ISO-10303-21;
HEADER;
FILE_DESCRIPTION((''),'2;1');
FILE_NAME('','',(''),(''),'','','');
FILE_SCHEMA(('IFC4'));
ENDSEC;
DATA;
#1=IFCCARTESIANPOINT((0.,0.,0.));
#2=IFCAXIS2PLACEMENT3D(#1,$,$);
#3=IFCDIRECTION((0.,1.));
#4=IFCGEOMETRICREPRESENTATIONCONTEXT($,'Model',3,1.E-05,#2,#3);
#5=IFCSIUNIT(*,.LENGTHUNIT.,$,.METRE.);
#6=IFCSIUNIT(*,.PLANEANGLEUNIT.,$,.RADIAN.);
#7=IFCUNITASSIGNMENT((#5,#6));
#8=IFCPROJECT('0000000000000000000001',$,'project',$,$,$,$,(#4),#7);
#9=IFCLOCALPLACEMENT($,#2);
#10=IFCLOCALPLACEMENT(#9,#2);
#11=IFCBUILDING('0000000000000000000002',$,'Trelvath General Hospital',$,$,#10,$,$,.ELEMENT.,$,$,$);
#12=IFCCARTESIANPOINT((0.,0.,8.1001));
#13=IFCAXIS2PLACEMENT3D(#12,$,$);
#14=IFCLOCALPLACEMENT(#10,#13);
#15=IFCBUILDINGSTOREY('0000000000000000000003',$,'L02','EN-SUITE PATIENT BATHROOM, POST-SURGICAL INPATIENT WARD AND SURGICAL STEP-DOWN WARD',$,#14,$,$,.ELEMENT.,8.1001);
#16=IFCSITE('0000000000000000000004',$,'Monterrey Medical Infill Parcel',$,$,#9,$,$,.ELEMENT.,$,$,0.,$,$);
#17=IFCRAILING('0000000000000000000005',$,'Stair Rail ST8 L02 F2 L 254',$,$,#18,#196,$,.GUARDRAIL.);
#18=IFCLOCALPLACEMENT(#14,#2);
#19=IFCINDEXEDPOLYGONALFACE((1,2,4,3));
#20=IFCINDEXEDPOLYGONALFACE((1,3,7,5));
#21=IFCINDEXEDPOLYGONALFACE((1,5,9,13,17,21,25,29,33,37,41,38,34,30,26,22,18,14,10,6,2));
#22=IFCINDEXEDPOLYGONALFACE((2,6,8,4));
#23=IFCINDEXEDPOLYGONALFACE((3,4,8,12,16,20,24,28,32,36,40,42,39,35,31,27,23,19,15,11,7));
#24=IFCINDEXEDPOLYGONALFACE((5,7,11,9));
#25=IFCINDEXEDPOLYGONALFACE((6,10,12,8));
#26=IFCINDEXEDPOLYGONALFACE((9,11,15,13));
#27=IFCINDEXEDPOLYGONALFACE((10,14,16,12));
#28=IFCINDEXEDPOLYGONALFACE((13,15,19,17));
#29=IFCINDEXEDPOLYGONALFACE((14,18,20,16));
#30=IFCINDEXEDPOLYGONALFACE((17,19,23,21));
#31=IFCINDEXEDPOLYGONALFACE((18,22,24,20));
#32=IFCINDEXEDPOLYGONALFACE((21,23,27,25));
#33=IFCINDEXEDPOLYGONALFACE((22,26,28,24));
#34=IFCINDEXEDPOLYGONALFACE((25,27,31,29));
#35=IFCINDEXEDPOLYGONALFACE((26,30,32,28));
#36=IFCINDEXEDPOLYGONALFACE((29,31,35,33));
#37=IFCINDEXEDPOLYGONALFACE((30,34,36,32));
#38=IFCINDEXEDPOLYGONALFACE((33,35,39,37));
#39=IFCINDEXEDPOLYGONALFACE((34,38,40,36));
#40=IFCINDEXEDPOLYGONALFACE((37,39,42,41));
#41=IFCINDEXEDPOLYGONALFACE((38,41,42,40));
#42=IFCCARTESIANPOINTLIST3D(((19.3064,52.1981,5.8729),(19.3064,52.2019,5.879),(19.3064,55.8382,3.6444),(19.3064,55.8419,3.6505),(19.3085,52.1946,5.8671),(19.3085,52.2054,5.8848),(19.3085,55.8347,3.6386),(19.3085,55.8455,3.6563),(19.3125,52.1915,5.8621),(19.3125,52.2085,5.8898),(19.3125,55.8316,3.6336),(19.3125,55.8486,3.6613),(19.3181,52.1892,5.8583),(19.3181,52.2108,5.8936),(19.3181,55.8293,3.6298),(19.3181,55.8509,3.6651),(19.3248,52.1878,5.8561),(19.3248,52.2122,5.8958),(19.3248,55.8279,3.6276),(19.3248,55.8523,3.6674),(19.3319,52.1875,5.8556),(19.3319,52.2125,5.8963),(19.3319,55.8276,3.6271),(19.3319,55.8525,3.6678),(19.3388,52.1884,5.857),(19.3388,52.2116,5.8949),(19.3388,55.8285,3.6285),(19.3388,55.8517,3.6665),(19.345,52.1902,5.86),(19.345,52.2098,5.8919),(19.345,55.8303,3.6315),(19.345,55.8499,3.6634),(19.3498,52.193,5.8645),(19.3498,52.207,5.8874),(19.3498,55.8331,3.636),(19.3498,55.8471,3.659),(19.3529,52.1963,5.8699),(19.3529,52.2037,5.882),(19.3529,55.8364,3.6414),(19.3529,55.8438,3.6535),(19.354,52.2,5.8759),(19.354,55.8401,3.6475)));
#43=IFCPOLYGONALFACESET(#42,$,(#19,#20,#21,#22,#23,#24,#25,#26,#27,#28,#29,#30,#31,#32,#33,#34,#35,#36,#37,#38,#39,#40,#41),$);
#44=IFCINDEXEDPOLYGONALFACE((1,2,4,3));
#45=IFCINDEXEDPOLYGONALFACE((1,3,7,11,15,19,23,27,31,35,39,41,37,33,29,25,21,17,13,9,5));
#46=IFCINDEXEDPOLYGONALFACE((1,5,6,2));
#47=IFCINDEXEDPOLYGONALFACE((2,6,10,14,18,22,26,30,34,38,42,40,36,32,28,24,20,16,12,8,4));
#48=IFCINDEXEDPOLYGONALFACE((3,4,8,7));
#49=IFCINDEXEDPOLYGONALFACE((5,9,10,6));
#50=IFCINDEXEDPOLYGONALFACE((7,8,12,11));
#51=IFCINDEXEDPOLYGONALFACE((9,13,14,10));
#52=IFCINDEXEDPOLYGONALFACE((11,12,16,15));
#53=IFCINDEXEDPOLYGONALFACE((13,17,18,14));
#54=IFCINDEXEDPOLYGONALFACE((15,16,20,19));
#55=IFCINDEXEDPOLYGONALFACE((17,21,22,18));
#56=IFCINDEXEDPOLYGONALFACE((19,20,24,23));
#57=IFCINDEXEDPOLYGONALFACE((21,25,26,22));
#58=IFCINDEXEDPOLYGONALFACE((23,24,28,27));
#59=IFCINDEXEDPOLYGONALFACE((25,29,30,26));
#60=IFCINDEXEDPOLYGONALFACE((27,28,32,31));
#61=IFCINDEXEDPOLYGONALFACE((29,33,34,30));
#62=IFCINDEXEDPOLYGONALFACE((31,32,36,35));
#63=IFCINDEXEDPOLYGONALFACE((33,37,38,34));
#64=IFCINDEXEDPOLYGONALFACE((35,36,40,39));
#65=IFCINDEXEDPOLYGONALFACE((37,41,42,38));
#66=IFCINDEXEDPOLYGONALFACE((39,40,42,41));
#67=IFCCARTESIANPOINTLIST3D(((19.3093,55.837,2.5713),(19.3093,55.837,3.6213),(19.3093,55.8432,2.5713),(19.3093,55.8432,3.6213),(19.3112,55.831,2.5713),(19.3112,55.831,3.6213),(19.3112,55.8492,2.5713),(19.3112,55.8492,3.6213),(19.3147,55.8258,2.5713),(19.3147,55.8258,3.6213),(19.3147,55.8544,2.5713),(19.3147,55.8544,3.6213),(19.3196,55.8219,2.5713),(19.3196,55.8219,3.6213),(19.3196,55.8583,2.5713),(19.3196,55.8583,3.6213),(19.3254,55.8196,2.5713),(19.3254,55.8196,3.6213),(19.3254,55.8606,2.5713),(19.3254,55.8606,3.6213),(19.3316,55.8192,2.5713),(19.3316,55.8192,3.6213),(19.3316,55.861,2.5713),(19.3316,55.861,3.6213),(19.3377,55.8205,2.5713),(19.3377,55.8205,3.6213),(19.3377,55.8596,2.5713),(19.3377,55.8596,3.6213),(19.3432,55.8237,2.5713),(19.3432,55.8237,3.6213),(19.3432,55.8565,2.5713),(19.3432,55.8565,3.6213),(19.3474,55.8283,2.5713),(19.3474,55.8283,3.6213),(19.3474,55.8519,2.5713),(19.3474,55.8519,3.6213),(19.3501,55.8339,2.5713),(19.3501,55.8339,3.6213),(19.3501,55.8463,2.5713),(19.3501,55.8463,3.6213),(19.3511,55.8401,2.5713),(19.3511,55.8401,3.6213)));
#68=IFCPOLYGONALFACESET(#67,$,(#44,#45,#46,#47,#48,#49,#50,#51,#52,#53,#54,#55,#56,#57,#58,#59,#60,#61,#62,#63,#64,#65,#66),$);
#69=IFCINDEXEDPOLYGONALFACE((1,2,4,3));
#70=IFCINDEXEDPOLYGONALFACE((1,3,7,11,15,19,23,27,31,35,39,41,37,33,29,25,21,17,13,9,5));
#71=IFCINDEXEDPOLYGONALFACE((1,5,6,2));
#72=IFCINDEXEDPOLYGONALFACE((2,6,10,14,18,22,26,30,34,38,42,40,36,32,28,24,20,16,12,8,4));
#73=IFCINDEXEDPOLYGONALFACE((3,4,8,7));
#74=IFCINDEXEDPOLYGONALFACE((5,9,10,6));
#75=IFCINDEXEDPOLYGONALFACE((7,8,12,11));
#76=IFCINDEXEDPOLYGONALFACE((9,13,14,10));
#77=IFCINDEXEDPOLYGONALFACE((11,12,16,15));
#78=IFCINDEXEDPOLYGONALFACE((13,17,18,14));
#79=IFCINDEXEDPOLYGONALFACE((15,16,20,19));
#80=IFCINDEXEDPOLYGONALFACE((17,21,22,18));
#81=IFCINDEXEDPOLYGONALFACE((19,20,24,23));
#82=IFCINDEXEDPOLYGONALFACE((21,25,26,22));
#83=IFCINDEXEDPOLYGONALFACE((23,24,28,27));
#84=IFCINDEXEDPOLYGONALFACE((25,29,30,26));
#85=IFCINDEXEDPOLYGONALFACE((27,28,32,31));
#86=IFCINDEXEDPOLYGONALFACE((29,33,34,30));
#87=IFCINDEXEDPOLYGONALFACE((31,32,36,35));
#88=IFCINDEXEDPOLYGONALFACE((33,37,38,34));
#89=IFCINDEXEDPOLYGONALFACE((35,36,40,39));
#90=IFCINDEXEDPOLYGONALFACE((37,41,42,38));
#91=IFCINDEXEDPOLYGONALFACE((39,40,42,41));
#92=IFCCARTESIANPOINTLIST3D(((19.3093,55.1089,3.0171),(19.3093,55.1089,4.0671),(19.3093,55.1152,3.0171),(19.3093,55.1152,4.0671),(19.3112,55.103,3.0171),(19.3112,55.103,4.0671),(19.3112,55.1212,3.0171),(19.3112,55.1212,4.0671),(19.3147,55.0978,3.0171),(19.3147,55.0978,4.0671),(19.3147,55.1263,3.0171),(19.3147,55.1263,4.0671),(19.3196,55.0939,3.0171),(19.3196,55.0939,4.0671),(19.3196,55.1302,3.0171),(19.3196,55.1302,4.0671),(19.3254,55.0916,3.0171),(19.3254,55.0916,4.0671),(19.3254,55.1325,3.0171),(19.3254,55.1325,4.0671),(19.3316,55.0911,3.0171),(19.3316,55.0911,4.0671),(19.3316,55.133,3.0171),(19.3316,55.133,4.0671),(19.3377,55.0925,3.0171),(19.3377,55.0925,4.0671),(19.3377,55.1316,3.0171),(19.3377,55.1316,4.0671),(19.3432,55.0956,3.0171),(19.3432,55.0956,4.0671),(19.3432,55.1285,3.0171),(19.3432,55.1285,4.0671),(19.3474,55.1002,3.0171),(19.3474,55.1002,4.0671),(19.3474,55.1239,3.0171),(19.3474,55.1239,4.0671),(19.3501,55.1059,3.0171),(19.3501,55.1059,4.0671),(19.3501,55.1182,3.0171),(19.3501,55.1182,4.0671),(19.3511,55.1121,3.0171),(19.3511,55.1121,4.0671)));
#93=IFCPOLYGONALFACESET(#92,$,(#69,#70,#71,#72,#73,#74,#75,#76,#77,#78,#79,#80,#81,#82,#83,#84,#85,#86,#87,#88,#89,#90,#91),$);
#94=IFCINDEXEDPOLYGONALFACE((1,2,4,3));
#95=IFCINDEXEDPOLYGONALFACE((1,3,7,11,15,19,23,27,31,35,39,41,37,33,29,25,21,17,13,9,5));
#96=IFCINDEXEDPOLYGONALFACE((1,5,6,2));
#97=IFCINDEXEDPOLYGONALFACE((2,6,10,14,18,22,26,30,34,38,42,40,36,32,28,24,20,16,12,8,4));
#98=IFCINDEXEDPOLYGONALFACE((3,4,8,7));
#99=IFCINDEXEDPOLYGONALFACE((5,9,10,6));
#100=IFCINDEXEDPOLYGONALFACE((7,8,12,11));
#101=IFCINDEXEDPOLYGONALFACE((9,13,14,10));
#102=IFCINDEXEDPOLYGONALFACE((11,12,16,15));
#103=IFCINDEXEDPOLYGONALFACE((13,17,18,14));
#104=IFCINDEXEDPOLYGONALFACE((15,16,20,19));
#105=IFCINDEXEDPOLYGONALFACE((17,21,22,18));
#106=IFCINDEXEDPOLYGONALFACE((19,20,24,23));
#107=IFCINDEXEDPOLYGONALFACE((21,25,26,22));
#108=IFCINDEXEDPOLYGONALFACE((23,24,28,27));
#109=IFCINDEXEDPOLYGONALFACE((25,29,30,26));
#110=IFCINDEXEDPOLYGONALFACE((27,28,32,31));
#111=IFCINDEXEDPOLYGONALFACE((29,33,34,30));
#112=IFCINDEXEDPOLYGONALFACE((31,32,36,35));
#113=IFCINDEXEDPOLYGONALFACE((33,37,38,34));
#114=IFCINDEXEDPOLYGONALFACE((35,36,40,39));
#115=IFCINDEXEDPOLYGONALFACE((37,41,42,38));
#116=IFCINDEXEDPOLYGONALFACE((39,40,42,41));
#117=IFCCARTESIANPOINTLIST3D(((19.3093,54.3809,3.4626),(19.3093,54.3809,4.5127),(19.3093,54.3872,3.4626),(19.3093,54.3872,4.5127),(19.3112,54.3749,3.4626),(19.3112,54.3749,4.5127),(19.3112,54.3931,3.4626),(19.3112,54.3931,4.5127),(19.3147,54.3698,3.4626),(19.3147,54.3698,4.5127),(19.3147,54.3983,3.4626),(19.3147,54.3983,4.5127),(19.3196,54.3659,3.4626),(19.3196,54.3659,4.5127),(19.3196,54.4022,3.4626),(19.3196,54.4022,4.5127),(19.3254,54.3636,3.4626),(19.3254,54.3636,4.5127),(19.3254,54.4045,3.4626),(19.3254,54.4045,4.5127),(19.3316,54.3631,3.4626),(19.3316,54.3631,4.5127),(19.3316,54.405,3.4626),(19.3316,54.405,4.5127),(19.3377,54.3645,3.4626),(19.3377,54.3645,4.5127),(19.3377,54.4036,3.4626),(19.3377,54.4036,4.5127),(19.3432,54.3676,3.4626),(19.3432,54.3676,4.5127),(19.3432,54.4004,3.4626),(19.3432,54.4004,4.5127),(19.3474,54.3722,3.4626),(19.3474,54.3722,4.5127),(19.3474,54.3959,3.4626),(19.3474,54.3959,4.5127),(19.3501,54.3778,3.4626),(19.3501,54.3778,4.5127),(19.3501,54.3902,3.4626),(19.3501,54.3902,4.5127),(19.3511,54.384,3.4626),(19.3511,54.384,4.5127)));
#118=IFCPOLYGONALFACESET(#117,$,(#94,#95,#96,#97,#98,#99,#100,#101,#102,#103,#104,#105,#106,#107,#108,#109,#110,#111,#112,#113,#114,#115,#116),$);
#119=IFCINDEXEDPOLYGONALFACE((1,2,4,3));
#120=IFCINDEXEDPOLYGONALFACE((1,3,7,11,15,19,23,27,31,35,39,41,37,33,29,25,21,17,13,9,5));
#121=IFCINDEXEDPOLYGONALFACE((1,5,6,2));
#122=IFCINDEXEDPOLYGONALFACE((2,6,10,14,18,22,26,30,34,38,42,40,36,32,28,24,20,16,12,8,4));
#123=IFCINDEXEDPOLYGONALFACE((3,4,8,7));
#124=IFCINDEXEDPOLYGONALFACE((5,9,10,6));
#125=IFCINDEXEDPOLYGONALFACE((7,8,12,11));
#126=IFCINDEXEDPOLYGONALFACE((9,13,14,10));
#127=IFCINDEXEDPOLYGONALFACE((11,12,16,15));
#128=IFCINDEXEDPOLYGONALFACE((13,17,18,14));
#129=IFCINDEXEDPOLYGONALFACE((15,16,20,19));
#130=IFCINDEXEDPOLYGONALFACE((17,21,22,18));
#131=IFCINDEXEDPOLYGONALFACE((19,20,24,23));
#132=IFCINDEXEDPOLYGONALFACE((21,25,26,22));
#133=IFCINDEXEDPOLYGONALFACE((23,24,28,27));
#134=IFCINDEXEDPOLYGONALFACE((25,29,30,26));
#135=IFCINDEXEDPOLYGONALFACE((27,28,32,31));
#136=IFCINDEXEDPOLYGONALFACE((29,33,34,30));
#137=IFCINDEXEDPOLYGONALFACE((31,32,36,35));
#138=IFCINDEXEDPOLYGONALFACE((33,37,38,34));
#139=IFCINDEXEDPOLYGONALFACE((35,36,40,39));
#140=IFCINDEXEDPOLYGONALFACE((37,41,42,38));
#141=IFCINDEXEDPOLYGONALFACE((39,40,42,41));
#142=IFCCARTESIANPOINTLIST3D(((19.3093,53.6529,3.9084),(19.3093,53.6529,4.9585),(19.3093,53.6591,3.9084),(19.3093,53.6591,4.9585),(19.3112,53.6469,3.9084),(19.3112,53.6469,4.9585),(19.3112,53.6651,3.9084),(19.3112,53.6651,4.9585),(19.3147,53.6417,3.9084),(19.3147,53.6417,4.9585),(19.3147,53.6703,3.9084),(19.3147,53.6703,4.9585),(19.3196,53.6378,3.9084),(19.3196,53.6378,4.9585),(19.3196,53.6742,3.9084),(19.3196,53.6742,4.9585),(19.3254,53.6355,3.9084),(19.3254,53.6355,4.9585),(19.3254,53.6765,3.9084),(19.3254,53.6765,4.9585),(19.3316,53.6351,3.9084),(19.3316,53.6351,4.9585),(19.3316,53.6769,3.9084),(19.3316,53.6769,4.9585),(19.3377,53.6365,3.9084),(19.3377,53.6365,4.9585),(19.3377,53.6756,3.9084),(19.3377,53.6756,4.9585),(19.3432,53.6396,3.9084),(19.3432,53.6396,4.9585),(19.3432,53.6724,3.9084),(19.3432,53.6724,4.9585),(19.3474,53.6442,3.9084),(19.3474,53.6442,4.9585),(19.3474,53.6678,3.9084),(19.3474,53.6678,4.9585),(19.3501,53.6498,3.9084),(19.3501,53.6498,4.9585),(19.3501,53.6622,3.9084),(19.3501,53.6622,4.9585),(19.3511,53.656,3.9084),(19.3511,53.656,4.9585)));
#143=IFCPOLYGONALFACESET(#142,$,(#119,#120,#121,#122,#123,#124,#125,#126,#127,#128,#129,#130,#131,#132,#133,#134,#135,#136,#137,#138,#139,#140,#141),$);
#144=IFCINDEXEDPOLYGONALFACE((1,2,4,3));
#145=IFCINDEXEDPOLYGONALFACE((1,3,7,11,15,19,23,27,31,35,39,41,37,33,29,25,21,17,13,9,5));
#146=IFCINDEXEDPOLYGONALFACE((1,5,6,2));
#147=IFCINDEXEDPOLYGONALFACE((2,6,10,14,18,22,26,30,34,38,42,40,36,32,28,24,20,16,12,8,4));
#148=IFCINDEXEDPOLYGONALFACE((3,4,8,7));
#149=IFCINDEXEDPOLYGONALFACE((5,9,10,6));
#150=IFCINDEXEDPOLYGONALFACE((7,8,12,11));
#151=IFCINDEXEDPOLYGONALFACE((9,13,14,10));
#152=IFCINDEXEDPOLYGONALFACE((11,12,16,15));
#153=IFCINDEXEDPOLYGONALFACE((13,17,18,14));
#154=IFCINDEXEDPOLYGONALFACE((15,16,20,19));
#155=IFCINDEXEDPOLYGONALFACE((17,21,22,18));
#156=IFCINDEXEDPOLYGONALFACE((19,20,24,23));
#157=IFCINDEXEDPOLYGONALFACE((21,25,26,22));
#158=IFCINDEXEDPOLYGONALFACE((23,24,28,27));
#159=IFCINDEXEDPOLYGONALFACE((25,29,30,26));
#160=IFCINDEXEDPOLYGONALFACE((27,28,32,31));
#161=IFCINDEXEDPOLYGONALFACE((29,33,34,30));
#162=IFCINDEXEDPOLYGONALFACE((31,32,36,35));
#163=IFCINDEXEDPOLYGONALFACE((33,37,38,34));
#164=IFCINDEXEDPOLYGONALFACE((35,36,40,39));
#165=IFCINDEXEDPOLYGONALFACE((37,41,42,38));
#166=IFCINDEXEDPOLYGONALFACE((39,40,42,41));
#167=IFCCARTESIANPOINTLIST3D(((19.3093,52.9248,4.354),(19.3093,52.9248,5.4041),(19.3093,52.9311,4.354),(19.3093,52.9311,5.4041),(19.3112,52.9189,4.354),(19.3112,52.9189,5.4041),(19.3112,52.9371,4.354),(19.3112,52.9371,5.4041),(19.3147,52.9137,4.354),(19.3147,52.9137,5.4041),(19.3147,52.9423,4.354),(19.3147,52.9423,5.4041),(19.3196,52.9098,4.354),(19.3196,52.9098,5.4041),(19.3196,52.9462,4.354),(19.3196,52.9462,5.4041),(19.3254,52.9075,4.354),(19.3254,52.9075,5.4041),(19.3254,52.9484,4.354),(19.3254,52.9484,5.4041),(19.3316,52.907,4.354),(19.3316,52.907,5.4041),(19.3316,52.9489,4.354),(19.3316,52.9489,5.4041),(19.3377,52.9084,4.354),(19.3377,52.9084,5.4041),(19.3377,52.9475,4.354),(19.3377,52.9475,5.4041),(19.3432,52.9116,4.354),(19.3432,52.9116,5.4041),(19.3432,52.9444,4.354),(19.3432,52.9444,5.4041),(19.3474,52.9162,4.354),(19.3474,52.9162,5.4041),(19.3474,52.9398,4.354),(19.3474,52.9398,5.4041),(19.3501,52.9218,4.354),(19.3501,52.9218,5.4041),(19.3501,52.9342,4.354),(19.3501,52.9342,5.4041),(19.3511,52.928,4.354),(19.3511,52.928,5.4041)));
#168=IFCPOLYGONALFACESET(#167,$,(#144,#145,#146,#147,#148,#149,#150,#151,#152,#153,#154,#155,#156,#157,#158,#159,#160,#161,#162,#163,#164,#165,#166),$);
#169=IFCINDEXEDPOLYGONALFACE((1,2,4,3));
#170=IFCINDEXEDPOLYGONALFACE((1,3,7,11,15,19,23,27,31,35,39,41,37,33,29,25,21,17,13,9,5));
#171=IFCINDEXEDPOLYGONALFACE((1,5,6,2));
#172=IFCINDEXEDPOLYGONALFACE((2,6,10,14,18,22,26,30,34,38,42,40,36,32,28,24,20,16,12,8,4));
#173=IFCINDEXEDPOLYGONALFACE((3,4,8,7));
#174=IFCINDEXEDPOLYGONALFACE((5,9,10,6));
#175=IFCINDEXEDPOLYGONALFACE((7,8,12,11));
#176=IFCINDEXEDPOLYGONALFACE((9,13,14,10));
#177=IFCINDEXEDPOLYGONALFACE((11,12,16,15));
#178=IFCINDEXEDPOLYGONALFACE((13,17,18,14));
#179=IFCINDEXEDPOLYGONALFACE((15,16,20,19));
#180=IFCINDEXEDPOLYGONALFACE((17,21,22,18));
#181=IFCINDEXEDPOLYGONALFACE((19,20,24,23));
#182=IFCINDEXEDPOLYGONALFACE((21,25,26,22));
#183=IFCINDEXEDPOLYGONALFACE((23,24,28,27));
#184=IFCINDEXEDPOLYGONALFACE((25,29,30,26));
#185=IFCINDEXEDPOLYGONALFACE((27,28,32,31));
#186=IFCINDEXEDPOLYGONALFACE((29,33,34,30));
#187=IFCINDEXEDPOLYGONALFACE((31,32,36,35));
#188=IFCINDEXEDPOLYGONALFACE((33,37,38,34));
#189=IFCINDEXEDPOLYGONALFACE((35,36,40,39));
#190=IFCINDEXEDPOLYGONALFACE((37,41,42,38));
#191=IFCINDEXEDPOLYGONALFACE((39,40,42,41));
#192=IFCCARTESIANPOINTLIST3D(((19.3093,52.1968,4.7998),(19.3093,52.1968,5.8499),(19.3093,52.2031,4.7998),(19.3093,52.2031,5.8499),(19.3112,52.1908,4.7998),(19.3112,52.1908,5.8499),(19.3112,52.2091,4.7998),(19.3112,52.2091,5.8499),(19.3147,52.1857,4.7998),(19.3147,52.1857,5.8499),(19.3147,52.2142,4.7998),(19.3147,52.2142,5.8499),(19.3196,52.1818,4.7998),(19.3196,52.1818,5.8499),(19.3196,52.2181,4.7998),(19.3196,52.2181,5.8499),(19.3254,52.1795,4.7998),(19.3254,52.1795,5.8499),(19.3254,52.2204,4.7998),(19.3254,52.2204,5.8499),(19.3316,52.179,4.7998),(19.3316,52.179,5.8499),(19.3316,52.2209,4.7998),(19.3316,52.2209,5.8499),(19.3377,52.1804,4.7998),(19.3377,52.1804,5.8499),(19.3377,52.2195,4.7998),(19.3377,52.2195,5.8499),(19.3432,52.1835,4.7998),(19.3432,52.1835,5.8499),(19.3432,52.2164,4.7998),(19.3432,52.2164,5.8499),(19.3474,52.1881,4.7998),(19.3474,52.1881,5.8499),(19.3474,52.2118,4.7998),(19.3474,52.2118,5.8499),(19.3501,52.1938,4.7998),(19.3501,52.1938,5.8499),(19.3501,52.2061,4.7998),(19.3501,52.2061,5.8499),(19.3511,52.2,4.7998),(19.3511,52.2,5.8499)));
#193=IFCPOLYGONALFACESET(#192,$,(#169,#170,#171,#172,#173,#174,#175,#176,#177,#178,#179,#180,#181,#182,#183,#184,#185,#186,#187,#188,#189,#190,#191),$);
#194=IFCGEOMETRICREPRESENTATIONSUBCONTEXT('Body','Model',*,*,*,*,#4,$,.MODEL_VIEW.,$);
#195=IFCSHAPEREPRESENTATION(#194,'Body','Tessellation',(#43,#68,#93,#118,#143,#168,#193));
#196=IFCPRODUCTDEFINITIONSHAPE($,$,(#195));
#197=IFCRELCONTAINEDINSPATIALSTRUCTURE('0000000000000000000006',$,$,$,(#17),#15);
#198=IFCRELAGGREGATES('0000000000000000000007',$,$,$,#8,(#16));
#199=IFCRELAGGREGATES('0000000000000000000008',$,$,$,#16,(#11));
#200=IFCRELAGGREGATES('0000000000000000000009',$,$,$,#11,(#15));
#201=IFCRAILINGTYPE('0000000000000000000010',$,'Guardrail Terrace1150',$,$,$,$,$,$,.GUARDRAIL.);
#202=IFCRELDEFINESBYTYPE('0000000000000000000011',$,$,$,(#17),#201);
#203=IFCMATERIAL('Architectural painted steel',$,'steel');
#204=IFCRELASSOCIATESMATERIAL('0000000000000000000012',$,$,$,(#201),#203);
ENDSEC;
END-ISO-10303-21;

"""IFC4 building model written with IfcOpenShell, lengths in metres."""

from ifc_helpers import new_model, si_unit, direction, frame, origin, origin_2d, place, context, subcontext, project, spatial, circle, extrude, material, type_object, element, save


model = new_model("IFC4")

# Units and contexts
model_context = context("Model", 3, precision=1e-05, world=origin(), true_north=direction((0.0, 1.0)))
body_context = subcontext(model_context, "Body", "Model", "MODEL_VIEW")
ifc_project = project(units=[si_unit("LENGTHUNIT", "METRE"), si_unit("PLANEANGLEUNIT", "RADIAN")], contexts=[model_context])

# Site, building, storey
site_placement = place(None, origin())
site = spatial("IfcSite", under=ifc_project, at=site_placement, Name="Monterrey Medical Infill Parcel", CompositionType="ELEMENT", RefElevation=0.0)
building_placement = place(site_placement, origin())
building = spatial("IfcBuilding", under=site, at=building_placement, Name="Trelvath General Hospital", CompositionType="ELEMENT")
storey_placement = place(building_placement, frame((0.0, 0.0, 8.1001)))
storey = spatial("IfcBuildingStorey", under=building, at=storey_placement, Name="L02", Description="EN-SUITE PATIENT BATHROOM, POST-SURGICAL INPATIENT WARD AND SURGICAL STEP-DOWN WARD", CompositionType="ELEMENT", Elevation=8.1001)

# Railing
ifc_material_1 = material(Name="Architectural painted steel", Category="steel")
railing_type_1 = type_object("IfcRailingType", Name="Guardrail Terrace1150", PredefinedType="GUARDRAIL", material=ifc_material_1)
railing_1_placement = place(storey_placement, frame((19.3301, 55.8401, 2.5713)))
element("IfcRailing", 1, at=railing_1_placement, inside=storey, type_object=railing_type_1, Name="Stair Rail ST8 L02 F2 L 254", PredefinedType="GUARDRAIL", context=body_context, shape_type="SweptSolid", body=[
    extrude(circle(Radius=0.0239, at=origin_2d()), frame((0.0, 0.0, 1.0762), z_axis=(0.0, -0.852866, 0.52213), x_axis=(1.0, 0.0, 0.0)), (0.0, 0.0, 1.0), 4.2681),
    extrude(circle(Radius=0.021, at=origin_2d()), origin(), (0.0, 0.0, 1.0), 1.05),
    extrude(circle(Radius=0.021, at=origin_2d()), frame((0.0, -0.728, 0.4458)), (0.0, 0.0, 1.0), 1.05),
    extrude(circle(Radius=0.021, at=origin_2d()), frame((0.0, -1.4561, 0.8914)), (0.0, 0.0, 1.0), 1.05),
    extrude(circle(Radius=0.021, at=origin_2d()), frame((0.0, -2.1841, 1.3372)), (0.0, 0.0, 1.0), 1.05),
    extrude(circle(Radius=0.021, at=origin_2d()), frame((0.0, -2.9121, 1.7827)), (0.0, 0.0, 1.0), 1.05),
    extrude(circle(Radius=0.021, at=origin_2d()), frame((0.0, -3.6401, 2.2285)), (0.0, 0.0, 1.0), 1.05),
])

save(model, "model.ifc")
